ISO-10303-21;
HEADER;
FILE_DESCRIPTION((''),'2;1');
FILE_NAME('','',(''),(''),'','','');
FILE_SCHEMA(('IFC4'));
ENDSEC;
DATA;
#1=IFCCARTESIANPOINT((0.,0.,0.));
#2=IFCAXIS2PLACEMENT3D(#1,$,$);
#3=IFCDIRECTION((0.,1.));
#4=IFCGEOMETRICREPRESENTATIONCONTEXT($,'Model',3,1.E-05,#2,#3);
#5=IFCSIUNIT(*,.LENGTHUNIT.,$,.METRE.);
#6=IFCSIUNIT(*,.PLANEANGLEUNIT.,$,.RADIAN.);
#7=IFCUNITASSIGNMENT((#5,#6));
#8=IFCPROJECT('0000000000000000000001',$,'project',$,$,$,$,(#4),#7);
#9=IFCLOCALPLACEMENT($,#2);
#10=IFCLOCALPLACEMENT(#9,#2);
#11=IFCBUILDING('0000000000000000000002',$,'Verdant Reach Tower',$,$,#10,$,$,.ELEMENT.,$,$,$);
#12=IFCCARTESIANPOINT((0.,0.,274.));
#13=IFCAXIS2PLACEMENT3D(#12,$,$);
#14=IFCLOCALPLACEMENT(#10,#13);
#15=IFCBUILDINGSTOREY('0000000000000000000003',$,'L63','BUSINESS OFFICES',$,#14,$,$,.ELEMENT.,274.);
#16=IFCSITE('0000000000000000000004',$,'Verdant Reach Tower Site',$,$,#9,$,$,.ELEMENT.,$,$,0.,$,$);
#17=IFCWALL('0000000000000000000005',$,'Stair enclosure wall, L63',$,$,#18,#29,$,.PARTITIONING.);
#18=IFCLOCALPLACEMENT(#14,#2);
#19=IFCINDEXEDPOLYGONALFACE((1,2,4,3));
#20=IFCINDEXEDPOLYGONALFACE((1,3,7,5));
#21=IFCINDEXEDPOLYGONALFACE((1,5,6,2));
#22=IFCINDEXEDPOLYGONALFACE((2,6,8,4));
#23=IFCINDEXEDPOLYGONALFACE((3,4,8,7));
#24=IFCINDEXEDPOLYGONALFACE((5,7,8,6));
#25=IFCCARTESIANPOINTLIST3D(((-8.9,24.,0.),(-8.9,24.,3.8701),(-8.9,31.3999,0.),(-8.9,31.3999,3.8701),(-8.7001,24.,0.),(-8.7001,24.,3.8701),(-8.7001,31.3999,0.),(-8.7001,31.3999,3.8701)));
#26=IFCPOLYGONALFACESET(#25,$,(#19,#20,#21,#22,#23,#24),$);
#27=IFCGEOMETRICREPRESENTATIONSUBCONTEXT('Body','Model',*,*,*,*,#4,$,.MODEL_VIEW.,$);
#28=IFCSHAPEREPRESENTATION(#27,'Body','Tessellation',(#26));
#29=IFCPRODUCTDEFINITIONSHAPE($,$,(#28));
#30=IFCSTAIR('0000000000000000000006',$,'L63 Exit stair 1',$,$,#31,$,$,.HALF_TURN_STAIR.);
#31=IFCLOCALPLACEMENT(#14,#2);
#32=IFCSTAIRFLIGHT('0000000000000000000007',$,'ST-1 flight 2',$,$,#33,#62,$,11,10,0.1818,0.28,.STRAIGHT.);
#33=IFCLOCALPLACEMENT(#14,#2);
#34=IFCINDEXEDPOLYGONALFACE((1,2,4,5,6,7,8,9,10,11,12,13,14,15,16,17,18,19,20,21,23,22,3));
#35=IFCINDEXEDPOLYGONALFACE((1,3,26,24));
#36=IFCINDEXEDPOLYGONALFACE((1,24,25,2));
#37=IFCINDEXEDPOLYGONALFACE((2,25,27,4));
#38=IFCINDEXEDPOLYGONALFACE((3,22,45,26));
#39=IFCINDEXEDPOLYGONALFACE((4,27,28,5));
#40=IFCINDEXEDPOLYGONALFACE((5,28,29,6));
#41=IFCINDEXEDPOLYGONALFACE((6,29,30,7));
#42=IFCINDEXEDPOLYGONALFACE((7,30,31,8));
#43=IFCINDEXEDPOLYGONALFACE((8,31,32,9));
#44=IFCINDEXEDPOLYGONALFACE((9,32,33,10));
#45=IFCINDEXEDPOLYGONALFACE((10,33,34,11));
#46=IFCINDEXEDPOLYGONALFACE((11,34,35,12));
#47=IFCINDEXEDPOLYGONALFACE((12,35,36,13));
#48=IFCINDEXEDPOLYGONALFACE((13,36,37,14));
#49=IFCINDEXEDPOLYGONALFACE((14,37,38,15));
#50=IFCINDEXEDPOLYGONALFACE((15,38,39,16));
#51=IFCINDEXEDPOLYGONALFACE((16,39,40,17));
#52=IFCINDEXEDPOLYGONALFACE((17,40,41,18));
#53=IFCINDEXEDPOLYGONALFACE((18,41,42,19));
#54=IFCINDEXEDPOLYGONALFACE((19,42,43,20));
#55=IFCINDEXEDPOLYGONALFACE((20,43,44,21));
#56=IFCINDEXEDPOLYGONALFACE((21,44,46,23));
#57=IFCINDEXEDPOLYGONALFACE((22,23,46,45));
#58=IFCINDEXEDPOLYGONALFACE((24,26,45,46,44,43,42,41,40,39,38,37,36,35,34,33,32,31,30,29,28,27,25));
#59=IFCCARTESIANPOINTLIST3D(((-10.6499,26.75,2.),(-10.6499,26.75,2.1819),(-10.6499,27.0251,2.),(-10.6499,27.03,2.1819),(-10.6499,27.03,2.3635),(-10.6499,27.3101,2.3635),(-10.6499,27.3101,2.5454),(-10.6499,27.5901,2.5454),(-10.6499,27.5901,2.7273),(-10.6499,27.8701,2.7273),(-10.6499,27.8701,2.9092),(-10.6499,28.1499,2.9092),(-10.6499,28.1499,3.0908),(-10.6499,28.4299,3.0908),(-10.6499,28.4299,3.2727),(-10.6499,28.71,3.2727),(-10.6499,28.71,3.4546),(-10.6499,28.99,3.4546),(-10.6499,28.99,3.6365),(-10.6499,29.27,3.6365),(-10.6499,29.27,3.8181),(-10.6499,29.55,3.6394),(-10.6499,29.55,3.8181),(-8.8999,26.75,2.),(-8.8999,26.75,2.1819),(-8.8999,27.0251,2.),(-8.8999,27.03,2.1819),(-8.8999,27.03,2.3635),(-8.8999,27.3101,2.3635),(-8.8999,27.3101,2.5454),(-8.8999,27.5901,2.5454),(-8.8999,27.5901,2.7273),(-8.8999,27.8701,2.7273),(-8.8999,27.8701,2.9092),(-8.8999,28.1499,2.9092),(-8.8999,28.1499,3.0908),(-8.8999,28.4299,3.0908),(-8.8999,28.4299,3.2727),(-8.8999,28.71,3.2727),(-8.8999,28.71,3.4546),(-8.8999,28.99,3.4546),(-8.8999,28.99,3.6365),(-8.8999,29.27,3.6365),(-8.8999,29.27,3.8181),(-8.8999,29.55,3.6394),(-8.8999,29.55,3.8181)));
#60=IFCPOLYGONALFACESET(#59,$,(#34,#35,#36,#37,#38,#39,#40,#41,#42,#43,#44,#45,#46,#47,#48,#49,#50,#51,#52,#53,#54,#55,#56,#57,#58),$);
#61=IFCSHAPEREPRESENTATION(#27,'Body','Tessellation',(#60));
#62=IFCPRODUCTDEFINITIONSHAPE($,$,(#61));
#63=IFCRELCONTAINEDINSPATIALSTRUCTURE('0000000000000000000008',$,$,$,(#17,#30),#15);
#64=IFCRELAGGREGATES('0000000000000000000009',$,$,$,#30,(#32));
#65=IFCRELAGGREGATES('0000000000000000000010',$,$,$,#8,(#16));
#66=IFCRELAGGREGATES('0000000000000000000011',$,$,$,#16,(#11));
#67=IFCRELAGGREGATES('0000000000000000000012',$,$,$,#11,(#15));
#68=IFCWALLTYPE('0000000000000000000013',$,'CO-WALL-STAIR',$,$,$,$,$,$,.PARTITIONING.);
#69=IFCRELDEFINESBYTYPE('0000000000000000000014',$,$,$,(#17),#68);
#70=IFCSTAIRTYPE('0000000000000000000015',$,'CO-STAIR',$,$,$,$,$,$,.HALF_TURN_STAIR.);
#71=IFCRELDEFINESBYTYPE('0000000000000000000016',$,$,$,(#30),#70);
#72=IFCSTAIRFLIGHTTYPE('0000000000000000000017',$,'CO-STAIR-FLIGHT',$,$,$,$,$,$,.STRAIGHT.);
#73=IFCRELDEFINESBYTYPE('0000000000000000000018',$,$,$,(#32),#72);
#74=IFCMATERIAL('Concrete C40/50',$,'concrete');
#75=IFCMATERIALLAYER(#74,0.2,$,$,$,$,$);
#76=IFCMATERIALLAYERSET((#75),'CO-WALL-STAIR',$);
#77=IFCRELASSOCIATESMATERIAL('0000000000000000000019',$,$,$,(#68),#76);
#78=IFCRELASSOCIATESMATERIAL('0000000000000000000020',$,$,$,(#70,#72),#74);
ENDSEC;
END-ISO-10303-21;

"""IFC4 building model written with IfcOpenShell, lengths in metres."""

from ifc_helpers import new_model, si_unit, direction, frame, frame_2d, origin, place, context, subcontext, project, spatial, polyline, rectangle, outline, extrude, material, layer, layer_set, type_object, element, aggregate, save


model = new_model("IFC4")

# Units and contexts
model_context = context("Model", 3, precision=1e-05, world=origin(), true_north=direction((0.0, 1.0)))
body_context = subcontext(model_context, "Body", "Model", "MODEL_VIEW")
ifc_project = project(units=[si_unit("LENGTHUNIT", "METRE"), si_unit("PLANEANGLEUNIT", "RADIAN")], contexts=[model_context])

# Site, building, storey
site_placement = place(None, origin())
site = spatial("IfcSite", under=ifc_project, at=site_placement, Name="Verdant Reach Tower Site", CompositionType="ELEMENT", RefElevation=0.0)
building_placement = place(site_placement, origin())
building = spatial("IfcBuilding", under=site, at=building_placement, Name="Verdant Reach Tower", CompositionType="ELEMENT")
storey_placement = place(building_placement, frame((0.0, 0.0, 274.0)))
storey = spatial("IfcBuildingStorey", under=building, at=storey_placement, Name="L63", Description="BUSINESS OFFICES", CompositionType="ELEMENT", Elevation=274.0)

# Shared definitions
ifc_material_1 = material(Name="Concrete C40/50", Category="concrete")

# Shared definitions
ifc_layer_1 = layer(ifc_material_1, 0.2)
ifc_layer_set_1 = layer_set([ifc_layer_1], Name="CO-WALL-STAIR")
wall_type_1 = type_object("IfcWallType", Name="CO-WALL-STAIR", PredefinedType="PARTITIONING", material=ifc_layer_set_1)

# Wall
wall_1_placement = place(storey_placement, frame((-8.8, 24.0, 0.0), z_axis=(0.0, 0.0, 1.0), x_axis=(0.0, 1.0, 0.0)))
element("IfcWall", 1, at=wall_1_placement, inside=storey, type_object=wall_type_1, Name="Stair enclosure wall, L63", PredefinedType="PARTITIONING", context=body_context, shape_type="SweptSolid", body=[
    extrude(rectangle(XDim=7.3999, YDim=0.2, at=frame_2d((3.7, 0.0))), origin(), (0.0, 0.0, 1.0), 3.8701),
])

# Stair, stair flight
stair_type = type_object("IfcStairType", Name="CO-STAIR", PredefinedType="HALF_TURN_STAIR", material=ifc_material_1)
stair_placement = place(storey_placement, origin())
stair = element("IfcStair", 2, at=stair_placement, inside=storey, type_object=stair_type, Name="L63 Exit stair 1", PredefinedType="HALF_TURN_STAIR")
stair_flight_type = type_object("IfcStairFlightType", Name="CO-STAIR-FLIGHT", PredefinedType="STRAIGHT", material=ifc_material_1)
stair_flight_placement = place(storey_placement, frame((-9.7749, 26.75, 2.0), z_axis=(0.0, 0.0, 1.0), x_axis=(0.0, 1.0, 0.0)))
stair_flight = element("IfcStairFlight", 3, at=stair_flight_placement, type_object=stair_flight_type, Name="ST-1 flight 2", NumberOfRisers=11, NumberOfTreads=10, PredefinedType="STRAIGHT", RiserHeight=0.1818, TreadLength=0.28, context=body_context, shape_type="SweptSolid", body=[
    extrude(outline(polyline([(0.0, 0.0), (0.0, 0.1819), (0.28, 0.1819), (0.28, 0.3635), (0.5601, 0.3635), (0.5601, 0.5454), (0.8401, 0.5454), (0.8401, 0.7273), (1.1201, 0.7273), (1.1201, 0.9092), (1.3999, 0.9092), (1.3999, 1.0908), (1.6799, 1.0908), (1.6799, 1.2727), (1.96, 1.2727), (1.96, 1.4546), (2.24, 1.4546), (2.24, 1.6365), (2.52, 1.6365), (2.52, 1.8181), (2.8, 1.8181), (2.8, 2.0), (2.8, 1.6394), (0.2751, 0.0), (0.0, 0.0)])), frame((0.0, 0.875, 0.0), z_axis=(0.0, -1.0, 0.0), x_axis=(1.0, 0.0, 0.0)), (0.0, 0.0, 1.0), 1.75),
])
aggregate(stair, [stair_flight])

save(model, "model.ifc")
